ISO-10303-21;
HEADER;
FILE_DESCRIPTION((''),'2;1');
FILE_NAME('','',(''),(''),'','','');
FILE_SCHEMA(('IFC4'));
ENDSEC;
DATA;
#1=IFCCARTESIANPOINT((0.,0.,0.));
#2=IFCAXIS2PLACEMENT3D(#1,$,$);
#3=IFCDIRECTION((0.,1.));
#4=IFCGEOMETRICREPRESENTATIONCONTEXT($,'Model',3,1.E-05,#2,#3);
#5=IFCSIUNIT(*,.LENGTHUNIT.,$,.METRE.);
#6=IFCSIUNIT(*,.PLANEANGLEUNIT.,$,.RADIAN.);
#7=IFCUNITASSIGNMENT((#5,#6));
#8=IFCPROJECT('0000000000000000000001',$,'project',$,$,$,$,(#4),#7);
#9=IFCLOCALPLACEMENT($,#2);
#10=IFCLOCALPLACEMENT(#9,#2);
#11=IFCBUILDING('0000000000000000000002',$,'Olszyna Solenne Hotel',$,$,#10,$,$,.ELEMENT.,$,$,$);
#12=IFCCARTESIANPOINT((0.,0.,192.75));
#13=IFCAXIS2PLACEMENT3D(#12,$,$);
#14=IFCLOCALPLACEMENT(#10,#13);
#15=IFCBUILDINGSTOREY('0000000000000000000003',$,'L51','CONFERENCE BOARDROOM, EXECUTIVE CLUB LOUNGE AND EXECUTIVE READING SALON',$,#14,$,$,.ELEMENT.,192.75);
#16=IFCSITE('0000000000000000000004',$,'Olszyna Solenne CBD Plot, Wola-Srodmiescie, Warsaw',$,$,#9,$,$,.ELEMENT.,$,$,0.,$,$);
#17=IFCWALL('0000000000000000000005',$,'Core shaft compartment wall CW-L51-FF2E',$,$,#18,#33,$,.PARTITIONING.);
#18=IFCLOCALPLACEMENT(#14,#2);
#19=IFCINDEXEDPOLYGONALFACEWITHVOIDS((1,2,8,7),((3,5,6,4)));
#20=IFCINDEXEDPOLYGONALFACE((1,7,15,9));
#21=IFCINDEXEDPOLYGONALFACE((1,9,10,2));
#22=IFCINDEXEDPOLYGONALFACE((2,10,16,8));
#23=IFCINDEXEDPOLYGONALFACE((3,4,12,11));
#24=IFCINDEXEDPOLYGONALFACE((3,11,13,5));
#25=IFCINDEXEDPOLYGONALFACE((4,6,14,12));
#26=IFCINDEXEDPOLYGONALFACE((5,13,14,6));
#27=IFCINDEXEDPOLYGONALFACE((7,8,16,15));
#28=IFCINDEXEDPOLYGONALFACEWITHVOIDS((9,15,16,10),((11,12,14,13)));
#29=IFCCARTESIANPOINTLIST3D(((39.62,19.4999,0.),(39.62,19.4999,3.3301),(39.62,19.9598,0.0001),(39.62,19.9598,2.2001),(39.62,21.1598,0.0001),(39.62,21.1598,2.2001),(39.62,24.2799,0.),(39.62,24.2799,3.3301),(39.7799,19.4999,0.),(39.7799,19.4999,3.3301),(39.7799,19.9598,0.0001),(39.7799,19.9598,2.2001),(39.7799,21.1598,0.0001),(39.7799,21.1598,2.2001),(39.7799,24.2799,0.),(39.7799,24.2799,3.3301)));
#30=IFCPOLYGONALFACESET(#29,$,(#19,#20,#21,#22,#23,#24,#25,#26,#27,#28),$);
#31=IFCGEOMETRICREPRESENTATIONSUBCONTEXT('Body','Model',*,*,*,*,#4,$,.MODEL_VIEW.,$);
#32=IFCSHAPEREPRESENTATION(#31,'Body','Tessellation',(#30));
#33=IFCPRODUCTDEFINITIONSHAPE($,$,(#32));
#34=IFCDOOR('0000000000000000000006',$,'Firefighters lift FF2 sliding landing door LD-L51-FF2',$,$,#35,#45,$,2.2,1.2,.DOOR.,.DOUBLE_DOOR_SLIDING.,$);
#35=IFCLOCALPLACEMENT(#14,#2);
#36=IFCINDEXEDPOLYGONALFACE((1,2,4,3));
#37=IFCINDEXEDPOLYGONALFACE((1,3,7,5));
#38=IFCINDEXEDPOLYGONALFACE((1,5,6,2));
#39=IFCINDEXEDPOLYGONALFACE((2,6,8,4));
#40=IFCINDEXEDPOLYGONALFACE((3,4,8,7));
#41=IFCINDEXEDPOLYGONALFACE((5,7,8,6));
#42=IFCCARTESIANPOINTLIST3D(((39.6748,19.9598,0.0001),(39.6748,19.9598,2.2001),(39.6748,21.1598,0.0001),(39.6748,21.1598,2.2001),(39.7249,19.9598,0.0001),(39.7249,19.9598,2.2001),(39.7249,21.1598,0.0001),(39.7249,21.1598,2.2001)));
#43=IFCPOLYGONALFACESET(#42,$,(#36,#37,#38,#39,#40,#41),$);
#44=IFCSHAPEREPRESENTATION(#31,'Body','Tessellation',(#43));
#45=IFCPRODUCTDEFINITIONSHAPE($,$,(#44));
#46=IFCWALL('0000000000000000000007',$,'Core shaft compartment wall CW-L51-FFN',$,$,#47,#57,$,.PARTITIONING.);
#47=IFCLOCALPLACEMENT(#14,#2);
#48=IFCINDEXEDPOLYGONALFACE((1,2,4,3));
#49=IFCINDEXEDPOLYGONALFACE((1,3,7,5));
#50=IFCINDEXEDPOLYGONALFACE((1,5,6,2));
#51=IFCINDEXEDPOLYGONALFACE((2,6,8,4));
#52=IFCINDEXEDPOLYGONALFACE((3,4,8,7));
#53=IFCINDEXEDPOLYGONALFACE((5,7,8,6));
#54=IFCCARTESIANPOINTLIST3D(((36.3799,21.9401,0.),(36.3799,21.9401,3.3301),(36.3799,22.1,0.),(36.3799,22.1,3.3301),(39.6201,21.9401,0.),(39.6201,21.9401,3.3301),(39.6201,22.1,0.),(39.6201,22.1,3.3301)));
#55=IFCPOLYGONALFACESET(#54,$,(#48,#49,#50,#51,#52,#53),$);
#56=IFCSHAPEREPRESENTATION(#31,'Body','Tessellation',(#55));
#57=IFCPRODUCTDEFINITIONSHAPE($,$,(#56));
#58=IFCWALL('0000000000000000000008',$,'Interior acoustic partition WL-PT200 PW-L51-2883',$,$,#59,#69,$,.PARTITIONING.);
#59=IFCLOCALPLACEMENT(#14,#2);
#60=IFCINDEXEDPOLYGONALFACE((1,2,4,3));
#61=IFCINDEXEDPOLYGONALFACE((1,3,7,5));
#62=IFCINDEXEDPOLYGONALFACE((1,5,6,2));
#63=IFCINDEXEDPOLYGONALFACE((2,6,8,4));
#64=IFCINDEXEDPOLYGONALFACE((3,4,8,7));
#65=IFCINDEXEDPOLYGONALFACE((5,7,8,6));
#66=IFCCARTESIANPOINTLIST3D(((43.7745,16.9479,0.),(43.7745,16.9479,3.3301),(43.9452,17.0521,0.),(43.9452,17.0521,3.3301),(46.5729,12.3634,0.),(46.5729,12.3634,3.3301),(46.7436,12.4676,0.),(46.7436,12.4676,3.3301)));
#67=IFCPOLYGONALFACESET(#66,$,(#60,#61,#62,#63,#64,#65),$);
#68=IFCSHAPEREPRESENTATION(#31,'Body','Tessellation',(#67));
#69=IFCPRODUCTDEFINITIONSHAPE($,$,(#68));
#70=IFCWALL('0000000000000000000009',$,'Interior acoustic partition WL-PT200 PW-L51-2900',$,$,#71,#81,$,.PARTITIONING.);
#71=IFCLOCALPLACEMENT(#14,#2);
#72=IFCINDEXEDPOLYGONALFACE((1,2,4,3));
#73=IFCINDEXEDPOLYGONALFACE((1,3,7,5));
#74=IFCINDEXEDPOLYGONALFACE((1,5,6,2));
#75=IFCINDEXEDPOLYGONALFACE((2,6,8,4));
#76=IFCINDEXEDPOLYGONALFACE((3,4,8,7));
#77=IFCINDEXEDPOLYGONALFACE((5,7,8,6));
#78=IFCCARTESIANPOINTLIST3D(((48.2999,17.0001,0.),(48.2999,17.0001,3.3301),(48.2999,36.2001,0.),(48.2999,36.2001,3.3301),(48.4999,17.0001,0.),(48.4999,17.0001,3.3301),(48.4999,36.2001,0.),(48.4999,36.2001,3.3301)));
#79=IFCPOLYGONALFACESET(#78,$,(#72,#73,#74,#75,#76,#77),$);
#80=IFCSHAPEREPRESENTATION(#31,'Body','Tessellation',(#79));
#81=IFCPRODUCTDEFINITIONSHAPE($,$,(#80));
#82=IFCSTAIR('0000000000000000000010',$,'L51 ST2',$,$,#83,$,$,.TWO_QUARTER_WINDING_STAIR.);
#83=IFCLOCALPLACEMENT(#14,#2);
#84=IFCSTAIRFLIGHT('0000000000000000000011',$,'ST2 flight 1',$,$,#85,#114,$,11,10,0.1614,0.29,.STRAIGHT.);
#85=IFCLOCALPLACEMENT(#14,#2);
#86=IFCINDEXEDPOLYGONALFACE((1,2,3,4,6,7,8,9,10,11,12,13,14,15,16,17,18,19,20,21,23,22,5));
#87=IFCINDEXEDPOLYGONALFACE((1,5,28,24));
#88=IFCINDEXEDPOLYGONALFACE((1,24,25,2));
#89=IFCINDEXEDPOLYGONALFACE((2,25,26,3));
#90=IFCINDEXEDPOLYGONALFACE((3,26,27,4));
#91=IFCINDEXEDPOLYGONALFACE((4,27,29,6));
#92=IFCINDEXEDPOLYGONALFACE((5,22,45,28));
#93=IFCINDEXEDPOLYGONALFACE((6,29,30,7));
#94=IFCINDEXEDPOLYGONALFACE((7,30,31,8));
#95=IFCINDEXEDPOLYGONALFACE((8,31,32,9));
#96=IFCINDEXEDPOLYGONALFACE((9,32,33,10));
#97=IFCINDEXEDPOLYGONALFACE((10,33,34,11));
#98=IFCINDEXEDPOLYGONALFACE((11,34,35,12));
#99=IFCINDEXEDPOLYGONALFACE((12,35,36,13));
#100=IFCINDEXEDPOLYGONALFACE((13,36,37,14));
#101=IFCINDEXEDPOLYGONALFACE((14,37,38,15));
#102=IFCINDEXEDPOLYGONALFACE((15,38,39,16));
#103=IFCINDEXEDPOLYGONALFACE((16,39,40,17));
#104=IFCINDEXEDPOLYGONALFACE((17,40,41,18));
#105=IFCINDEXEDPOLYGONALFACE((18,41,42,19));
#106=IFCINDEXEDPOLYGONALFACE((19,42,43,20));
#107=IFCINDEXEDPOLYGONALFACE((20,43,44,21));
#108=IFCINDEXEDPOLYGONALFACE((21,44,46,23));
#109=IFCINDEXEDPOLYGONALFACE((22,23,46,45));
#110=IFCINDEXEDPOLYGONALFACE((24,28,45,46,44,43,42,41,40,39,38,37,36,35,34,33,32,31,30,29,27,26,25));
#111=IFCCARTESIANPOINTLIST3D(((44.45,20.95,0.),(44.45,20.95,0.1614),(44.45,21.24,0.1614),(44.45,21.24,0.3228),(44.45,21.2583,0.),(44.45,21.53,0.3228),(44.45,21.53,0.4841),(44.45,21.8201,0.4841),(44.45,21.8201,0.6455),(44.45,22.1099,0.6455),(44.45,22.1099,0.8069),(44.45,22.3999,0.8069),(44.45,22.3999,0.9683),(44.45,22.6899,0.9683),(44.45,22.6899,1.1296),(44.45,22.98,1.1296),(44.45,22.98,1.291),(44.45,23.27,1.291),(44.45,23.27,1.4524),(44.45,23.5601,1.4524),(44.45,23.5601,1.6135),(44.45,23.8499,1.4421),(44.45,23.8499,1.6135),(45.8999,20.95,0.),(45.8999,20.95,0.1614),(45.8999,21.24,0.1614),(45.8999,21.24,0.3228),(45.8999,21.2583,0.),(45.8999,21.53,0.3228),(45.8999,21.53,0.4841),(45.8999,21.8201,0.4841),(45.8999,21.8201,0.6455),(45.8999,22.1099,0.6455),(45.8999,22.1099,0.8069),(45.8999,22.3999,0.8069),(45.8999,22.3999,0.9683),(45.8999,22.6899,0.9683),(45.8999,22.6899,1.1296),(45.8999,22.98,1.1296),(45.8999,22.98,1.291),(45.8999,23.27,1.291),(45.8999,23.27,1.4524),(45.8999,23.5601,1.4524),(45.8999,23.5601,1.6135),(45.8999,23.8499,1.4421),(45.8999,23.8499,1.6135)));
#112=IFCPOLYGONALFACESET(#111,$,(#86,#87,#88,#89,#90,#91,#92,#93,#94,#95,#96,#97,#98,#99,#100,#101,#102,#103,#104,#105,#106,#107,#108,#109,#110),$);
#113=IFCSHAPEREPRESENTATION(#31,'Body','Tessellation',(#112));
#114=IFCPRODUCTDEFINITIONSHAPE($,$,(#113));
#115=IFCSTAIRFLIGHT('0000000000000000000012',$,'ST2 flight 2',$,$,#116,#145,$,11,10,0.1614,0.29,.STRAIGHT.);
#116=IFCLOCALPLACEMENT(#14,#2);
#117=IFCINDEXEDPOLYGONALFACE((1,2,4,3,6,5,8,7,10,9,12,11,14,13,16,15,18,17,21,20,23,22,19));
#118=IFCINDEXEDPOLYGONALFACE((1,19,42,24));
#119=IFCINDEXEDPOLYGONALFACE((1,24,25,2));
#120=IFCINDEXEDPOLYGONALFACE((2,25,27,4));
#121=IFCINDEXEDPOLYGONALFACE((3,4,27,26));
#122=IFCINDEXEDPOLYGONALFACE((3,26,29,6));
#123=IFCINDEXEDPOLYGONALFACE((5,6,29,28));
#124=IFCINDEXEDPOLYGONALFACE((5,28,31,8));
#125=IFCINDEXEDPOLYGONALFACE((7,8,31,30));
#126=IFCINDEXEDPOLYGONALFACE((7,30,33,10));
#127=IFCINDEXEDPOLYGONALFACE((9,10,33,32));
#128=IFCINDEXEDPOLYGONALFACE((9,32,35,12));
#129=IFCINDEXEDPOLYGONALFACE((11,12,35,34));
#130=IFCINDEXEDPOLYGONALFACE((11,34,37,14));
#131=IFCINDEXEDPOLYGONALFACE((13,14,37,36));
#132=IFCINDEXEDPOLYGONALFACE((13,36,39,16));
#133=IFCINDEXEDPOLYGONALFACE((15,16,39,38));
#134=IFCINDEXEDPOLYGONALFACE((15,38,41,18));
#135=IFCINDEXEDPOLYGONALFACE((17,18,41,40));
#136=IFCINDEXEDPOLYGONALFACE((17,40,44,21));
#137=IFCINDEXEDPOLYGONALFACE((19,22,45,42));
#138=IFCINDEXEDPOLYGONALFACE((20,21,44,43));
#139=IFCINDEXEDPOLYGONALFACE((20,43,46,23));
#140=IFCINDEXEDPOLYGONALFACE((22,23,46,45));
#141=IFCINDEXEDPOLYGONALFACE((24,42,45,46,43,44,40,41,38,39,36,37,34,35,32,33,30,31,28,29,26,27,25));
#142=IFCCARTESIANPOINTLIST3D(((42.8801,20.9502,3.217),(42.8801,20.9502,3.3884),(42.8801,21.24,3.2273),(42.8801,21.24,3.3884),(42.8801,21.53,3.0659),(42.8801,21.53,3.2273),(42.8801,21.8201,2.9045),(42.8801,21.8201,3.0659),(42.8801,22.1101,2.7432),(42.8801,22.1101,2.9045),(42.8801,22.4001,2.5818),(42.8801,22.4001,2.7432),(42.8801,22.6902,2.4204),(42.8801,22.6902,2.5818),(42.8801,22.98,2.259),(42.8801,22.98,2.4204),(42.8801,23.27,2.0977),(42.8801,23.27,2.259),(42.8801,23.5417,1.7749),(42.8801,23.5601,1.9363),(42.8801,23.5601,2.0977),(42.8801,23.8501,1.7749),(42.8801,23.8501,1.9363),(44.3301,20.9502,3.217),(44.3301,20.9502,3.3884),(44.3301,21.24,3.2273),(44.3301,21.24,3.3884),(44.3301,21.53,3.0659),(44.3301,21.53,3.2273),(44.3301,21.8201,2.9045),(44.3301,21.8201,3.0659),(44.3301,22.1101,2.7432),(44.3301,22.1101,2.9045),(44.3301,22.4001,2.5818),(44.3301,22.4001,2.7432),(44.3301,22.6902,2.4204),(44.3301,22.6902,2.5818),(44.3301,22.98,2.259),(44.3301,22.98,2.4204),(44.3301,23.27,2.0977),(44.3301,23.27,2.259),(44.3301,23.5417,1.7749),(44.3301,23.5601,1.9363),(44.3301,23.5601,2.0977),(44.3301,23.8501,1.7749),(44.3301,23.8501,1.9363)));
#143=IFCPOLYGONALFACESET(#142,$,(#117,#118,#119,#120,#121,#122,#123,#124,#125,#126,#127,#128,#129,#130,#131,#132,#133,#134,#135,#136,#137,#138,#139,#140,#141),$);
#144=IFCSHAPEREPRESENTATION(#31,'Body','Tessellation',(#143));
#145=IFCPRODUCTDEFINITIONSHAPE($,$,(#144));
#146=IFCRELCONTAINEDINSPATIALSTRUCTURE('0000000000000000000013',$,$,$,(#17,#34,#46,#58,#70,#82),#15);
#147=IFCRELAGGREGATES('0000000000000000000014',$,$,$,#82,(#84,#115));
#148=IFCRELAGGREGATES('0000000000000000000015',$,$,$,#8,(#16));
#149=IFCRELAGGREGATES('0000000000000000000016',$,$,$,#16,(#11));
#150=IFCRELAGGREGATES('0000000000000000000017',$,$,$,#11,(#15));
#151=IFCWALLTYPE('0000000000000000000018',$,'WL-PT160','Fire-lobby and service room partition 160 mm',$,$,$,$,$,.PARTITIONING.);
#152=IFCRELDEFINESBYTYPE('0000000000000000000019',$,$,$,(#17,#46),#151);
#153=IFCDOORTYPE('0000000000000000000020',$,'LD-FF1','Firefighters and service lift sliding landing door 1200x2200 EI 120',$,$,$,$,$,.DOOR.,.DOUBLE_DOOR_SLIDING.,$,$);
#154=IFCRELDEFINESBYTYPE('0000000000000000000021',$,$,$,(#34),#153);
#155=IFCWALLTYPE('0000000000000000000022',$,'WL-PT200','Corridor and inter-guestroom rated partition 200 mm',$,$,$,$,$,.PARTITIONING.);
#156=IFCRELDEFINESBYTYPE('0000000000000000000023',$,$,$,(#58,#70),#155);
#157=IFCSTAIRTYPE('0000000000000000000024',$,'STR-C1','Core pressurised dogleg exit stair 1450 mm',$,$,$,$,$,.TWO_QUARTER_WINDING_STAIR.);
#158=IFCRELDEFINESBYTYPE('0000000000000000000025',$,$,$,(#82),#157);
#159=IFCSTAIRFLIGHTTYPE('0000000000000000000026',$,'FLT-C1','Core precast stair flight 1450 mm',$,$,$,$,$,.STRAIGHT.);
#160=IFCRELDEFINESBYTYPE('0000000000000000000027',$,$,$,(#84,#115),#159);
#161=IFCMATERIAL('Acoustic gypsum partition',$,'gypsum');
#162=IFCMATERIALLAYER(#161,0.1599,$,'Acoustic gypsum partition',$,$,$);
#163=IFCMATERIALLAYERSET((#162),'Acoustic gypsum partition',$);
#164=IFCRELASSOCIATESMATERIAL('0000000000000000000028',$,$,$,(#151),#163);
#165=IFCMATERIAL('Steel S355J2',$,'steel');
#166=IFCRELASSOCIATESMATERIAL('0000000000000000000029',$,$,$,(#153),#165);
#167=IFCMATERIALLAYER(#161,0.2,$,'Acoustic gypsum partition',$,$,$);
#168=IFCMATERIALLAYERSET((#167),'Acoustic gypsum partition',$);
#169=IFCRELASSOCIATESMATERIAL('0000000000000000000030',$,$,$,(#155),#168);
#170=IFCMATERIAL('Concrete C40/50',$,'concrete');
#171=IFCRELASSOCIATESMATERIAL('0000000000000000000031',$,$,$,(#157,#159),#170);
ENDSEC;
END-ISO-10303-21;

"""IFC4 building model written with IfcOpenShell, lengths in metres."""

from ifc_helpers import new_model, si_unit, direction, frame, frame_2d, origin, place, context, subcontext, project, spatial, polyline, rectangle, outline, extrude, source, transform, mapped, material, layer, layer_set, type_object, type_shapes, element, fill, aggregate, save


model = new_model("IFC4")

# Units and contexts
model_context = context("Model", 3, precision=1e-05, world=origin(), true_north=direction((0.0, 1.0)))
body_context = subcontext(model_context, "Body", "Model", "MODEL_VIEW")
ifc_project = project(units=[si_unit("LENGTHUNIT", "METRE"), si_unit("PLANEANGLEUNIT", "RADIAN")], contexts=[model_context])

# Site, building, storey
site_placement = place(None, origin())
site = spatial("IfcSite", under=ifc_project, at=site_placement, Name="Olszyna Solenne CBD Plot, Wola-Srodmiescie, Warsaw", CompositionType="ELEMENT", RefElevation=0.0)
building_placement = place(site_placement, origin())
building = spatial("IfcBuilding", under=site, at=building_placement, Name="Olszyna Solenne Hotel", CompositionType="ELEMENT")
storey_placement = place(building_placement, frame((0.0, 0.0, 192.75)))
storey = spatial("IfcBuildingStorey", under=building, at=storey_placement, Name="L51", Description="CONFERENCE BOARDROOM, EXECUTIVE CLUB LOUNGE AND EXECUTIVE READING SALON", CompositionType="ELEMENT", Elevation=192.75)

# Shared definitions
ifc_material_1 = material(Name="Steel S355J2", Category="steel")

# Shared definitions
ifc_material_2 = material(Name="Acoustic gypsum partition", Category="gypsum")

# Shared definitions
ifc_layer_1 = layer(ifc_material_2, 0.1599, Name="Acoustic gypsum partition")
ifc_layer_set_1 = layer_set([ifc_layer_1], Name="Acoustic gypsum partition")
wall_type_1 = type_object("IfcWallType", Name="WL-PT160", Description="Fire-lobby and service room partition 160 mm", PredefinedType="PARTITIONING", material=ifc_layer_set_1)
door_type_1 = type_object("IfcDoorType", Name="LD-FF1", Description="Firefighters and service lift sliding landing door 1200x2200 EI 120", OperationType="DOUBLE_DOOR_SLIDING", PredefinedType="DOOR", material=ifc_material_1)
shared_shape_1 = source(origin(), body_context, "Body", "SweptSolid", [
    extrude(rectangle(XDim=1.2, YDim=2.2, at=frame_2d((0.6001, 1.1001))), frame((0.0, 0.0249, 0.0), z_axis=(0.0, -1.0, 0.0), x_axis=(1.0, 0.0, 0.0)), (0.0, 0.0, 1.0), 0.05),
])
type_shapes(door_type_1, [shared_shape_1])

# Wall, opening, door
wall_1_placement = place(storey_placement, frame((39.7, 24.28, 0.0), z_axis=(0.0, 0.0, 1.0), x_axis=(0.0, -1.0, 0.0)))
wall_1 = element("IfcWall", 1, at=wall_1_placement, inside=storey, type_object=wall_type_1, Name="Core shaft compartment wall CW-L51-FF2E", PredefinedType="PARTITIONING", context=body_context, shape_type="SweptSolid", body=[
    extrude(rectangle(XDim=4.78, YDim=0.1599, at=frame_2d((2.3901, 0.0))), origin(), (0.0, 0.0, 1.0), 3.3301),
])
opening_1_placement = place(wall_1_placement, frame((3.1201, 0.0, 0.0)))
opening_1 = element("IfcOpeningElement", 2, at=opening_1_placement, cuts=wall_1, PredefinedType="OPENING", context=body_context, shape_type="SweptSolid", body=[
    extrude(rectangle(XDim=1.2, YDim=2.2, at=frame_2d((0.6001, 1.1001))), frame((0.0, 0.0898, 0.0), z_axis=(0.0, -1.0, 0.0), x_axis=(1.0, 0.0, 0.0)), (0.0, 0.0, 1.0), 0.1799),
])
door_1_placement = place(opening_1_placement, origin())
door_1 = element("IfcDoor", 3, at=door_1_placement, inside=storey, type_object=door_type_1, Name="Firefighters lift FF2 sliding landing door LD-L51-FF2", OperationType="DOUBLE_DOOR_SLIDING", OverallHeight=2.2, OverallWidth=1.2, PredefinedType="DOOR", context=body_context, shape_type="MappedRepresentation", body=[
    mapped(shared_shape_1, transform((0.0, 0.0, 0.0), x_axis=(1.0, 0.0, 0.0), y_axis=(0.0, 1.0, 0.0), z_axis=(0.0, 0.0, 1.0), scale=1.0)),
])
fill(opening_1, door_1)

# Walls
wall_2_placement = place(storey_placement, frame((36.3799, 22.02, 0.0), z_axis=(0.0, 0.0, 1.0), x_axis=(1.0, 0.0, 0.0)))
element("IfcWall", 4, at=wall_2_placement, inside=storey, type_object=wall_type_1, Name="Core shaft compartment wall CW-L51-FFN", PredefinedType="PARTITIONING", context=body_context, shape_type="SweptSolid", body=[
    extrude(rectangle(XDim=3.2402, YDim=0.1599, at=frame_2d((1.6201, 0.0))), origin(), (0.0, 0.0, 1.0), 3.3301),
])
ifc_layer_2 = layer(ifc_material_2, 0.2, Name="Acoustic gypsum partition")
ifc_layer_set_2 = layer_set([ifc_layer_2], Name="Acoustic gypsum partition")
wall_type_2 = type_object("IfcWallType", Name="WL-PT200", Description="Corridor and inter-guestroom rated partition 200 mm", PredefinedType="PARTITIONING", material=ifc_layer_set_2)
wall_3_placement = place(storey_placement, frame((43.8599, 17.0, 0.0), z_axis=(0.0, 0.0, 1.0), x_axis=(0.521005, -0.853554, 0.0)))
element("IfcWall", 5, at=wall_3_placement, inside=storey, type_object=wall_type_2, Name="Interior acoustic partition WL-PT200 PW-L51-2883", PredefinedType="PARTITIONING", context=body_context, shape_type="SweptSolid", body=[
    extrude(rectangle(XDim=5.3711, YDim=0.2, at=frame_2d((2.6855, 0.0))), origin(), (0.0, 0.0, 1.0), 3.3301),
])
wall_4_placement = place(storey_placement, frame((48.3999, 17.0, 0.0), z_axis=(0.0, 0.0, 1.0), x_axis=(0.0, 1.0, 0.0)))
element("IfcWall", 6, at=wall_4_placement, inside=storey, type_object=wall_type_2, Name="Interior acoustic partition WL-PT200 PW-L51-2900", PredefinedType="PARTITIONING", context=body_context, shape_type="SweptSolid", body=[
    extrude(rectangle(XDim=19.2, YDim=0.2, at=frame_2d((9.6001, 0.0))), origin(), (0.0, 0.0, 1.0), 3.3301),
])

# Stair, stair flights
ifc_material_3 = material(Name="Concrete C40/50", Category="concrete")
stair_type = type_object("IfcStairType", Name="STR-C1", Description="Core pressurised dogleg exit stair 1450 mm", PredefinedType="TWO_QUARTER_WINDING_STAIR", material=ifc_material_3)
stair_placement = place(storey_placement, origin())
stair = element("IfcStair", 7, at=stair_placement, inside=storey, type_object=stair_type, Name="L51 ST2", PredefinedType="TWO_QUARTER_WINDING_STAIR")
stair_flight_type = type_object("IfcStairFlightType", Name="FLT-C1", Description="Core precast stair flight 1450 mm", PredefinedType="STRAIGHT", material=ifc_material_3)
stair_flight_1_placement = place(storey_placement, frame((45.175, 20.95, 0.0), z_axis=(0.0, 0.0, 1.0), x_axis=(0.0, 1.0, 0.0)))
stair_flight_1 = element("IfcStairFlight", 8, at=stair_flight_1_placement, type_object=stair_flight_type, Name="ST2 flight 1", NumberOfRisers=11, NumberOfTreads=10, PredefinedType="STRAIGHT", RiserHeight=0.1614, TreadLength=0.29, context=body_context, shape_type="SweptSolid", body=[
    extrude(outline(polyline([(0.0, 0.0), (0.0, 0.1614), (0.29, 0.1614), (0.29, 0.3228), (0.5801, 0.3228), (0.5801, 0.4841), (0.8701, 0.4841), (0.8701, 0.6455), (1.1599, 0.6455), (1.1599, 0.8069), (1.45, 0.8069), (1.45, 0.9683), (1.74, 0.9683), (1.74, 1.1296), (2.03, 1.1296), (2.03, 1.291), (2.3201, 1.291), (2.3201, 1.4524), (2.6101, 1.4524), (2.6101, 1.6135), (2.8999, 1.6135), (2.8999, 1.7749), (2.8999, 1.4421), (0.3083, 0.0), (0.0, 0.0)])), frame((0.0, 0.7251, 0.0), z_axis=(0.0, -1.0, 0.0), x_axis=(1.0, 0.0, 0.0)), (0.0, 0.0, 1.0), 1.45),
])
stair_flight_2_placement = place(storey_placement, frame((43.605, 23.8501, 1.7749), z_axis=(0.0, 0.0, 1.0), x_axis=(0.0, -1.0, 0.0)))
stair_flight_2 = element("IfcStairFlight", 9, at=stair_flight_2_placement, type_object=stair_flight_type, Name="ST2 flight 2", NumberOfRisers=11, NumberOfTreads=10, PredefinedType="STRAIGHT", RiserHeight=0.1614, TreadLength=0.29, context=body_context, shape_type="SweptSolid", body=[
    extrude(outline(polyline([(0.0, 0.0), (0.0, 0.1614), (0.29, 0.1614), (0.29, 0.3228), (0.5801, 0.3228), (0.5801, 0.4841), (0.8701, 0.4841), (0.8701, 0.6455), (1.1599, 0.6455), (1.1599, 0.8069), (1.45, 0.8069), (1.45, 0.9683), (1.74, 0.9683), (1.74, 1.1296), (2.03, 1.1296), (2.03, 1.291), (2.3201, 1.291), (2.3201, 1.4524), (2.6101, 1.4524), (2.6101, 1.6135), (2.8999, 1.6135), (2.8999, 1.7749), (2.8999, 1.4421), (0.3083, 0.0), (0.0, 0.0)])), frame((0.0, 0.7251, 0.0), z_axis=(0.0, -1.0, 0.0), x_axis=(1.0, 0.0, 0.0)), (0.0, 0.0, 1.0), 1.45),
])
aggregate(stair, [stair_flight_1, stair_flight_2])

save(model, "model.ifc")
